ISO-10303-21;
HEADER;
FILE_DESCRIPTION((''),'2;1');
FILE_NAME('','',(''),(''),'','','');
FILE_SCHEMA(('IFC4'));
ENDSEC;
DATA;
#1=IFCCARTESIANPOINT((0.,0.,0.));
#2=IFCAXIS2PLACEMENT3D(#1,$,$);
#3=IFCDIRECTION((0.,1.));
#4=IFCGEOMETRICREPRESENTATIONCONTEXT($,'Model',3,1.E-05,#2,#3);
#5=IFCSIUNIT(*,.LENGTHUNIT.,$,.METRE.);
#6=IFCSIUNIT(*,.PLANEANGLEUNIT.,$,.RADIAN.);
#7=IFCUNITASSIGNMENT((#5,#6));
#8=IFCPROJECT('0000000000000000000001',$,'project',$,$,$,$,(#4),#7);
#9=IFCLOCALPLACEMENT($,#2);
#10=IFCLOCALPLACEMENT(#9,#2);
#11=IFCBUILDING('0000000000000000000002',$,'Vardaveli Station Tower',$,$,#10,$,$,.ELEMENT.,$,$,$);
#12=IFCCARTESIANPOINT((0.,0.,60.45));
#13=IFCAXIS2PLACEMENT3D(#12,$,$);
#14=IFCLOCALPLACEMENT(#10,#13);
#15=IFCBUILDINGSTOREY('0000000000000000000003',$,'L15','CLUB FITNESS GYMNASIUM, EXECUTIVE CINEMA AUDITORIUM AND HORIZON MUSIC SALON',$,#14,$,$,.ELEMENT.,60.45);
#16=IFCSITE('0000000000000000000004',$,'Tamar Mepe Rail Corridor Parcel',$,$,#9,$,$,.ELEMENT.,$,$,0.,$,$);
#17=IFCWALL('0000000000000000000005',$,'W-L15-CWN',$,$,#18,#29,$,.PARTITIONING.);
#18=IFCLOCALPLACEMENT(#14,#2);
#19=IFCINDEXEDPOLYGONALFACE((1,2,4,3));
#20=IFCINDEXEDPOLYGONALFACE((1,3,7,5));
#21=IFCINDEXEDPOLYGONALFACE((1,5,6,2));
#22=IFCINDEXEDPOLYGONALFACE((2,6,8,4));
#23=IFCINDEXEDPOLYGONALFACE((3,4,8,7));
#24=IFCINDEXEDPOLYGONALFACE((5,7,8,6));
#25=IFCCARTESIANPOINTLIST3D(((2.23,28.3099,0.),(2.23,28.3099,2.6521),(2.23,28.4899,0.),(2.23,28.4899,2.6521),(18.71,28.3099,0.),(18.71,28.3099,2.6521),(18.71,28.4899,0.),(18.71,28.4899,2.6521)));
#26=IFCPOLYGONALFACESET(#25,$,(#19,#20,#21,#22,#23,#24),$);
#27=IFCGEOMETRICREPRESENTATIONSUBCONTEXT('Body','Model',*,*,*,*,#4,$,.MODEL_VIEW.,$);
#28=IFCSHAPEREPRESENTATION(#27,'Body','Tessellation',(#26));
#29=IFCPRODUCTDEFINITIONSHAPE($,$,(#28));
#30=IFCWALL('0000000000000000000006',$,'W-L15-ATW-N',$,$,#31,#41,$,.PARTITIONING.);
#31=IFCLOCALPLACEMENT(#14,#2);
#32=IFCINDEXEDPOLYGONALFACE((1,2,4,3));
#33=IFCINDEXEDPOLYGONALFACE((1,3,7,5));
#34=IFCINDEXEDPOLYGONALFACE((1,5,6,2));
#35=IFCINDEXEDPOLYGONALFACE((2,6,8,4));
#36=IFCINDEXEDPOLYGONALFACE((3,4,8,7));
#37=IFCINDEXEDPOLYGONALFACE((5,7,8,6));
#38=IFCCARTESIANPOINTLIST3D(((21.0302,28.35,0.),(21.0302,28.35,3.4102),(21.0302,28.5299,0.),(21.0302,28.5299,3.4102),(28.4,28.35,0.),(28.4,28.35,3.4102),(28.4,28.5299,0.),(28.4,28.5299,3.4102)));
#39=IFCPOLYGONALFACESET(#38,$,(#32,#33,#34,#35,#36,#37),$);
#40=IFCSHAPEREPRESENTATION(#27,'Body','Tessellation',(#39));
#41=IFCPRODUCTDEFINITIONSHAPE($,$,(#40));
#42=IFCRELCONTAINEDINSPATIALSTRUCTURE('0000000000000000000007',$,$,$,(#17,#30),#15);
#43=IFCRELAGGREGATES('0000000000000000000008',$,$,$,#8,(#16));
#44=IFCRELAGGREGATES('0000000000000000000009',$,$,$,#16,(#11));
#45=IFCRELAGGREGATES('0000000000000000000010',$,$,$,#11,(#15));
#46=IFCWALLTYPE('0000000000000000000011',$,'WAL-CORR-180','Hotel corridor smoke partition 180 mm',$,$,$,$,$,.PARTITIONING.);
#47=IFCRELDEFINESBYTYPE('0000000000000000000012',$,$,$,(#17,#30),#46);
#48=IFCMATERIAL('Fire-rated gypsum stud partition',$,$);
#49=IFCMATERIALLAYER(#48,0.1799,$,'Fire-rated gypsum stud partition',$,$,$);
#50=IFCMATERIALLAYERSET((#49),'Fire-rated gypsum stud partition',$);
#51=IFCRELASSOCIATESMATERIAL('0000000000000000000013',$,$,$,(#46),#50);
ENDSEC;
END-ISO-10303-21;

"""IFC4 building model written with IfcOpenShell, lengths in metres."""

from ifc_helpers import new_model, si_unit, direction, frame, frame_2d, origin, place, context, subcontext, project, spatial, rectangle, extrude, source, transform, mapped, material, layer, layer_set, type_object, element, save


model = new_model("IFC4")

# Units and contexts
model_context = context("Model", 3, precision=1e-05, world=origin(), true_north=direction((0.0, 1.0)))
body_context = subcontext(model_context, "Body", "Model", "MODEL_VIEW")
ifc_project = project(units=[si_unit("LENGTHUNIT", "METRE"), si_unit("PLANEANGLEUNIT", "RADIAN")], contexts=[model_context])

# Site, building, storey
site_placement = place(None, origin())
site = spatial("IfcSite", under=ifc_project, at=site_placement, Name="Tamar Mepe Rail Corridor Parcel", CompositionType="ELEMENT", RefElevation=0.0)
building_placement = place(site_placement, origin())
building = spatial("IfcBuilding", under=site, at=building_placement, Name="Vardaveli Station Tower", CompositionType="ELEMENT")
storey_placement = place(building_placement, frame((0.0, 0.0, 60.45)))
storey = spatial("IfcBuildingStorey", under=building, at=storey_placement, Name="L15", Description="CLUB FITNESS GYMNASIUM, EXECUTIVE CINEMA AUDITORIUM AND HORIZON MUSIC SALON", CompositionType="ELEMENT", Elevation=60.45)

# Shared definitions
ifc_material_1 = material(Name="Fire-rated gypsum stud partition")
ifc_layer_1 = layer(ifc_material_1, 0.1799, Name="Fire-rated gypsum stud partition")
ifc_layer_set_1 = layer_set([ifc_layer_1], Name="Fire-rated gypsum stud partition")
wall_type = type_object("IfcWallType", Name="WAL-CORR-180", Description="Hotel corridor smoke partition 180 mm", PredefinedType="PARTITIONING", material=ifc_layer_set_1)

# Walls
shared_shape_1 = source(origin(), body_context, "Body", "SweptSolid", [
    extrude(rectangle(XDim=16.48, YDim=0.1799, at=frame_2d((8.24, 0.0))), origin(), (0.0, 0.0, 1.0), 2.6521),
])
wall_1_placement = place(storey_placement, frame((2.23, 28.3999, 0.0), z_axis=(0.0, 0.0, 1.0), x_axis=(1.0, 0.0, 0.0)))
element("IfcWall", 1, at=wall_1_placement, inside=storey, type_object=wall_type, Name="W-L15-CWN", PredefinedType="PARTITIONING", context=body_context, shape_type="MappedRepresentation", body=[
    mapped(shared_shape_1, transform((0.0, 0.0, 0.0), scale=1.0)),
])
shared_shape_2 = source(origin(), body_context, "Body", "SweptSolid", [
    extrude(rectangle(XDim=7.3699, YDim=0.1799, at=frame_2d((3.6851, 0.0))), origin(), (0.0, 0.0, 1.0), 3.4102),
])
wall_2_placement = place(storey_placement, frame((21.03, 28.4399, 0.0), z_axis=(0.0, 0.0, 1.0), x_axis=(1.0, 0.0, 0.0)))
element("IfcWall", 2, at=wall_2_placement, inside=storey, type_object=wall_type, Name="W-L15-ATW-N", PredefinedType="PARTITIONING", context=body_context, shape_type="MappedRepresentation", body=[
    mapped(shared_shape_2, transform((0.0, 0.0, 0.0), scale=1.0)),
])

save(model, "model.ifc")
